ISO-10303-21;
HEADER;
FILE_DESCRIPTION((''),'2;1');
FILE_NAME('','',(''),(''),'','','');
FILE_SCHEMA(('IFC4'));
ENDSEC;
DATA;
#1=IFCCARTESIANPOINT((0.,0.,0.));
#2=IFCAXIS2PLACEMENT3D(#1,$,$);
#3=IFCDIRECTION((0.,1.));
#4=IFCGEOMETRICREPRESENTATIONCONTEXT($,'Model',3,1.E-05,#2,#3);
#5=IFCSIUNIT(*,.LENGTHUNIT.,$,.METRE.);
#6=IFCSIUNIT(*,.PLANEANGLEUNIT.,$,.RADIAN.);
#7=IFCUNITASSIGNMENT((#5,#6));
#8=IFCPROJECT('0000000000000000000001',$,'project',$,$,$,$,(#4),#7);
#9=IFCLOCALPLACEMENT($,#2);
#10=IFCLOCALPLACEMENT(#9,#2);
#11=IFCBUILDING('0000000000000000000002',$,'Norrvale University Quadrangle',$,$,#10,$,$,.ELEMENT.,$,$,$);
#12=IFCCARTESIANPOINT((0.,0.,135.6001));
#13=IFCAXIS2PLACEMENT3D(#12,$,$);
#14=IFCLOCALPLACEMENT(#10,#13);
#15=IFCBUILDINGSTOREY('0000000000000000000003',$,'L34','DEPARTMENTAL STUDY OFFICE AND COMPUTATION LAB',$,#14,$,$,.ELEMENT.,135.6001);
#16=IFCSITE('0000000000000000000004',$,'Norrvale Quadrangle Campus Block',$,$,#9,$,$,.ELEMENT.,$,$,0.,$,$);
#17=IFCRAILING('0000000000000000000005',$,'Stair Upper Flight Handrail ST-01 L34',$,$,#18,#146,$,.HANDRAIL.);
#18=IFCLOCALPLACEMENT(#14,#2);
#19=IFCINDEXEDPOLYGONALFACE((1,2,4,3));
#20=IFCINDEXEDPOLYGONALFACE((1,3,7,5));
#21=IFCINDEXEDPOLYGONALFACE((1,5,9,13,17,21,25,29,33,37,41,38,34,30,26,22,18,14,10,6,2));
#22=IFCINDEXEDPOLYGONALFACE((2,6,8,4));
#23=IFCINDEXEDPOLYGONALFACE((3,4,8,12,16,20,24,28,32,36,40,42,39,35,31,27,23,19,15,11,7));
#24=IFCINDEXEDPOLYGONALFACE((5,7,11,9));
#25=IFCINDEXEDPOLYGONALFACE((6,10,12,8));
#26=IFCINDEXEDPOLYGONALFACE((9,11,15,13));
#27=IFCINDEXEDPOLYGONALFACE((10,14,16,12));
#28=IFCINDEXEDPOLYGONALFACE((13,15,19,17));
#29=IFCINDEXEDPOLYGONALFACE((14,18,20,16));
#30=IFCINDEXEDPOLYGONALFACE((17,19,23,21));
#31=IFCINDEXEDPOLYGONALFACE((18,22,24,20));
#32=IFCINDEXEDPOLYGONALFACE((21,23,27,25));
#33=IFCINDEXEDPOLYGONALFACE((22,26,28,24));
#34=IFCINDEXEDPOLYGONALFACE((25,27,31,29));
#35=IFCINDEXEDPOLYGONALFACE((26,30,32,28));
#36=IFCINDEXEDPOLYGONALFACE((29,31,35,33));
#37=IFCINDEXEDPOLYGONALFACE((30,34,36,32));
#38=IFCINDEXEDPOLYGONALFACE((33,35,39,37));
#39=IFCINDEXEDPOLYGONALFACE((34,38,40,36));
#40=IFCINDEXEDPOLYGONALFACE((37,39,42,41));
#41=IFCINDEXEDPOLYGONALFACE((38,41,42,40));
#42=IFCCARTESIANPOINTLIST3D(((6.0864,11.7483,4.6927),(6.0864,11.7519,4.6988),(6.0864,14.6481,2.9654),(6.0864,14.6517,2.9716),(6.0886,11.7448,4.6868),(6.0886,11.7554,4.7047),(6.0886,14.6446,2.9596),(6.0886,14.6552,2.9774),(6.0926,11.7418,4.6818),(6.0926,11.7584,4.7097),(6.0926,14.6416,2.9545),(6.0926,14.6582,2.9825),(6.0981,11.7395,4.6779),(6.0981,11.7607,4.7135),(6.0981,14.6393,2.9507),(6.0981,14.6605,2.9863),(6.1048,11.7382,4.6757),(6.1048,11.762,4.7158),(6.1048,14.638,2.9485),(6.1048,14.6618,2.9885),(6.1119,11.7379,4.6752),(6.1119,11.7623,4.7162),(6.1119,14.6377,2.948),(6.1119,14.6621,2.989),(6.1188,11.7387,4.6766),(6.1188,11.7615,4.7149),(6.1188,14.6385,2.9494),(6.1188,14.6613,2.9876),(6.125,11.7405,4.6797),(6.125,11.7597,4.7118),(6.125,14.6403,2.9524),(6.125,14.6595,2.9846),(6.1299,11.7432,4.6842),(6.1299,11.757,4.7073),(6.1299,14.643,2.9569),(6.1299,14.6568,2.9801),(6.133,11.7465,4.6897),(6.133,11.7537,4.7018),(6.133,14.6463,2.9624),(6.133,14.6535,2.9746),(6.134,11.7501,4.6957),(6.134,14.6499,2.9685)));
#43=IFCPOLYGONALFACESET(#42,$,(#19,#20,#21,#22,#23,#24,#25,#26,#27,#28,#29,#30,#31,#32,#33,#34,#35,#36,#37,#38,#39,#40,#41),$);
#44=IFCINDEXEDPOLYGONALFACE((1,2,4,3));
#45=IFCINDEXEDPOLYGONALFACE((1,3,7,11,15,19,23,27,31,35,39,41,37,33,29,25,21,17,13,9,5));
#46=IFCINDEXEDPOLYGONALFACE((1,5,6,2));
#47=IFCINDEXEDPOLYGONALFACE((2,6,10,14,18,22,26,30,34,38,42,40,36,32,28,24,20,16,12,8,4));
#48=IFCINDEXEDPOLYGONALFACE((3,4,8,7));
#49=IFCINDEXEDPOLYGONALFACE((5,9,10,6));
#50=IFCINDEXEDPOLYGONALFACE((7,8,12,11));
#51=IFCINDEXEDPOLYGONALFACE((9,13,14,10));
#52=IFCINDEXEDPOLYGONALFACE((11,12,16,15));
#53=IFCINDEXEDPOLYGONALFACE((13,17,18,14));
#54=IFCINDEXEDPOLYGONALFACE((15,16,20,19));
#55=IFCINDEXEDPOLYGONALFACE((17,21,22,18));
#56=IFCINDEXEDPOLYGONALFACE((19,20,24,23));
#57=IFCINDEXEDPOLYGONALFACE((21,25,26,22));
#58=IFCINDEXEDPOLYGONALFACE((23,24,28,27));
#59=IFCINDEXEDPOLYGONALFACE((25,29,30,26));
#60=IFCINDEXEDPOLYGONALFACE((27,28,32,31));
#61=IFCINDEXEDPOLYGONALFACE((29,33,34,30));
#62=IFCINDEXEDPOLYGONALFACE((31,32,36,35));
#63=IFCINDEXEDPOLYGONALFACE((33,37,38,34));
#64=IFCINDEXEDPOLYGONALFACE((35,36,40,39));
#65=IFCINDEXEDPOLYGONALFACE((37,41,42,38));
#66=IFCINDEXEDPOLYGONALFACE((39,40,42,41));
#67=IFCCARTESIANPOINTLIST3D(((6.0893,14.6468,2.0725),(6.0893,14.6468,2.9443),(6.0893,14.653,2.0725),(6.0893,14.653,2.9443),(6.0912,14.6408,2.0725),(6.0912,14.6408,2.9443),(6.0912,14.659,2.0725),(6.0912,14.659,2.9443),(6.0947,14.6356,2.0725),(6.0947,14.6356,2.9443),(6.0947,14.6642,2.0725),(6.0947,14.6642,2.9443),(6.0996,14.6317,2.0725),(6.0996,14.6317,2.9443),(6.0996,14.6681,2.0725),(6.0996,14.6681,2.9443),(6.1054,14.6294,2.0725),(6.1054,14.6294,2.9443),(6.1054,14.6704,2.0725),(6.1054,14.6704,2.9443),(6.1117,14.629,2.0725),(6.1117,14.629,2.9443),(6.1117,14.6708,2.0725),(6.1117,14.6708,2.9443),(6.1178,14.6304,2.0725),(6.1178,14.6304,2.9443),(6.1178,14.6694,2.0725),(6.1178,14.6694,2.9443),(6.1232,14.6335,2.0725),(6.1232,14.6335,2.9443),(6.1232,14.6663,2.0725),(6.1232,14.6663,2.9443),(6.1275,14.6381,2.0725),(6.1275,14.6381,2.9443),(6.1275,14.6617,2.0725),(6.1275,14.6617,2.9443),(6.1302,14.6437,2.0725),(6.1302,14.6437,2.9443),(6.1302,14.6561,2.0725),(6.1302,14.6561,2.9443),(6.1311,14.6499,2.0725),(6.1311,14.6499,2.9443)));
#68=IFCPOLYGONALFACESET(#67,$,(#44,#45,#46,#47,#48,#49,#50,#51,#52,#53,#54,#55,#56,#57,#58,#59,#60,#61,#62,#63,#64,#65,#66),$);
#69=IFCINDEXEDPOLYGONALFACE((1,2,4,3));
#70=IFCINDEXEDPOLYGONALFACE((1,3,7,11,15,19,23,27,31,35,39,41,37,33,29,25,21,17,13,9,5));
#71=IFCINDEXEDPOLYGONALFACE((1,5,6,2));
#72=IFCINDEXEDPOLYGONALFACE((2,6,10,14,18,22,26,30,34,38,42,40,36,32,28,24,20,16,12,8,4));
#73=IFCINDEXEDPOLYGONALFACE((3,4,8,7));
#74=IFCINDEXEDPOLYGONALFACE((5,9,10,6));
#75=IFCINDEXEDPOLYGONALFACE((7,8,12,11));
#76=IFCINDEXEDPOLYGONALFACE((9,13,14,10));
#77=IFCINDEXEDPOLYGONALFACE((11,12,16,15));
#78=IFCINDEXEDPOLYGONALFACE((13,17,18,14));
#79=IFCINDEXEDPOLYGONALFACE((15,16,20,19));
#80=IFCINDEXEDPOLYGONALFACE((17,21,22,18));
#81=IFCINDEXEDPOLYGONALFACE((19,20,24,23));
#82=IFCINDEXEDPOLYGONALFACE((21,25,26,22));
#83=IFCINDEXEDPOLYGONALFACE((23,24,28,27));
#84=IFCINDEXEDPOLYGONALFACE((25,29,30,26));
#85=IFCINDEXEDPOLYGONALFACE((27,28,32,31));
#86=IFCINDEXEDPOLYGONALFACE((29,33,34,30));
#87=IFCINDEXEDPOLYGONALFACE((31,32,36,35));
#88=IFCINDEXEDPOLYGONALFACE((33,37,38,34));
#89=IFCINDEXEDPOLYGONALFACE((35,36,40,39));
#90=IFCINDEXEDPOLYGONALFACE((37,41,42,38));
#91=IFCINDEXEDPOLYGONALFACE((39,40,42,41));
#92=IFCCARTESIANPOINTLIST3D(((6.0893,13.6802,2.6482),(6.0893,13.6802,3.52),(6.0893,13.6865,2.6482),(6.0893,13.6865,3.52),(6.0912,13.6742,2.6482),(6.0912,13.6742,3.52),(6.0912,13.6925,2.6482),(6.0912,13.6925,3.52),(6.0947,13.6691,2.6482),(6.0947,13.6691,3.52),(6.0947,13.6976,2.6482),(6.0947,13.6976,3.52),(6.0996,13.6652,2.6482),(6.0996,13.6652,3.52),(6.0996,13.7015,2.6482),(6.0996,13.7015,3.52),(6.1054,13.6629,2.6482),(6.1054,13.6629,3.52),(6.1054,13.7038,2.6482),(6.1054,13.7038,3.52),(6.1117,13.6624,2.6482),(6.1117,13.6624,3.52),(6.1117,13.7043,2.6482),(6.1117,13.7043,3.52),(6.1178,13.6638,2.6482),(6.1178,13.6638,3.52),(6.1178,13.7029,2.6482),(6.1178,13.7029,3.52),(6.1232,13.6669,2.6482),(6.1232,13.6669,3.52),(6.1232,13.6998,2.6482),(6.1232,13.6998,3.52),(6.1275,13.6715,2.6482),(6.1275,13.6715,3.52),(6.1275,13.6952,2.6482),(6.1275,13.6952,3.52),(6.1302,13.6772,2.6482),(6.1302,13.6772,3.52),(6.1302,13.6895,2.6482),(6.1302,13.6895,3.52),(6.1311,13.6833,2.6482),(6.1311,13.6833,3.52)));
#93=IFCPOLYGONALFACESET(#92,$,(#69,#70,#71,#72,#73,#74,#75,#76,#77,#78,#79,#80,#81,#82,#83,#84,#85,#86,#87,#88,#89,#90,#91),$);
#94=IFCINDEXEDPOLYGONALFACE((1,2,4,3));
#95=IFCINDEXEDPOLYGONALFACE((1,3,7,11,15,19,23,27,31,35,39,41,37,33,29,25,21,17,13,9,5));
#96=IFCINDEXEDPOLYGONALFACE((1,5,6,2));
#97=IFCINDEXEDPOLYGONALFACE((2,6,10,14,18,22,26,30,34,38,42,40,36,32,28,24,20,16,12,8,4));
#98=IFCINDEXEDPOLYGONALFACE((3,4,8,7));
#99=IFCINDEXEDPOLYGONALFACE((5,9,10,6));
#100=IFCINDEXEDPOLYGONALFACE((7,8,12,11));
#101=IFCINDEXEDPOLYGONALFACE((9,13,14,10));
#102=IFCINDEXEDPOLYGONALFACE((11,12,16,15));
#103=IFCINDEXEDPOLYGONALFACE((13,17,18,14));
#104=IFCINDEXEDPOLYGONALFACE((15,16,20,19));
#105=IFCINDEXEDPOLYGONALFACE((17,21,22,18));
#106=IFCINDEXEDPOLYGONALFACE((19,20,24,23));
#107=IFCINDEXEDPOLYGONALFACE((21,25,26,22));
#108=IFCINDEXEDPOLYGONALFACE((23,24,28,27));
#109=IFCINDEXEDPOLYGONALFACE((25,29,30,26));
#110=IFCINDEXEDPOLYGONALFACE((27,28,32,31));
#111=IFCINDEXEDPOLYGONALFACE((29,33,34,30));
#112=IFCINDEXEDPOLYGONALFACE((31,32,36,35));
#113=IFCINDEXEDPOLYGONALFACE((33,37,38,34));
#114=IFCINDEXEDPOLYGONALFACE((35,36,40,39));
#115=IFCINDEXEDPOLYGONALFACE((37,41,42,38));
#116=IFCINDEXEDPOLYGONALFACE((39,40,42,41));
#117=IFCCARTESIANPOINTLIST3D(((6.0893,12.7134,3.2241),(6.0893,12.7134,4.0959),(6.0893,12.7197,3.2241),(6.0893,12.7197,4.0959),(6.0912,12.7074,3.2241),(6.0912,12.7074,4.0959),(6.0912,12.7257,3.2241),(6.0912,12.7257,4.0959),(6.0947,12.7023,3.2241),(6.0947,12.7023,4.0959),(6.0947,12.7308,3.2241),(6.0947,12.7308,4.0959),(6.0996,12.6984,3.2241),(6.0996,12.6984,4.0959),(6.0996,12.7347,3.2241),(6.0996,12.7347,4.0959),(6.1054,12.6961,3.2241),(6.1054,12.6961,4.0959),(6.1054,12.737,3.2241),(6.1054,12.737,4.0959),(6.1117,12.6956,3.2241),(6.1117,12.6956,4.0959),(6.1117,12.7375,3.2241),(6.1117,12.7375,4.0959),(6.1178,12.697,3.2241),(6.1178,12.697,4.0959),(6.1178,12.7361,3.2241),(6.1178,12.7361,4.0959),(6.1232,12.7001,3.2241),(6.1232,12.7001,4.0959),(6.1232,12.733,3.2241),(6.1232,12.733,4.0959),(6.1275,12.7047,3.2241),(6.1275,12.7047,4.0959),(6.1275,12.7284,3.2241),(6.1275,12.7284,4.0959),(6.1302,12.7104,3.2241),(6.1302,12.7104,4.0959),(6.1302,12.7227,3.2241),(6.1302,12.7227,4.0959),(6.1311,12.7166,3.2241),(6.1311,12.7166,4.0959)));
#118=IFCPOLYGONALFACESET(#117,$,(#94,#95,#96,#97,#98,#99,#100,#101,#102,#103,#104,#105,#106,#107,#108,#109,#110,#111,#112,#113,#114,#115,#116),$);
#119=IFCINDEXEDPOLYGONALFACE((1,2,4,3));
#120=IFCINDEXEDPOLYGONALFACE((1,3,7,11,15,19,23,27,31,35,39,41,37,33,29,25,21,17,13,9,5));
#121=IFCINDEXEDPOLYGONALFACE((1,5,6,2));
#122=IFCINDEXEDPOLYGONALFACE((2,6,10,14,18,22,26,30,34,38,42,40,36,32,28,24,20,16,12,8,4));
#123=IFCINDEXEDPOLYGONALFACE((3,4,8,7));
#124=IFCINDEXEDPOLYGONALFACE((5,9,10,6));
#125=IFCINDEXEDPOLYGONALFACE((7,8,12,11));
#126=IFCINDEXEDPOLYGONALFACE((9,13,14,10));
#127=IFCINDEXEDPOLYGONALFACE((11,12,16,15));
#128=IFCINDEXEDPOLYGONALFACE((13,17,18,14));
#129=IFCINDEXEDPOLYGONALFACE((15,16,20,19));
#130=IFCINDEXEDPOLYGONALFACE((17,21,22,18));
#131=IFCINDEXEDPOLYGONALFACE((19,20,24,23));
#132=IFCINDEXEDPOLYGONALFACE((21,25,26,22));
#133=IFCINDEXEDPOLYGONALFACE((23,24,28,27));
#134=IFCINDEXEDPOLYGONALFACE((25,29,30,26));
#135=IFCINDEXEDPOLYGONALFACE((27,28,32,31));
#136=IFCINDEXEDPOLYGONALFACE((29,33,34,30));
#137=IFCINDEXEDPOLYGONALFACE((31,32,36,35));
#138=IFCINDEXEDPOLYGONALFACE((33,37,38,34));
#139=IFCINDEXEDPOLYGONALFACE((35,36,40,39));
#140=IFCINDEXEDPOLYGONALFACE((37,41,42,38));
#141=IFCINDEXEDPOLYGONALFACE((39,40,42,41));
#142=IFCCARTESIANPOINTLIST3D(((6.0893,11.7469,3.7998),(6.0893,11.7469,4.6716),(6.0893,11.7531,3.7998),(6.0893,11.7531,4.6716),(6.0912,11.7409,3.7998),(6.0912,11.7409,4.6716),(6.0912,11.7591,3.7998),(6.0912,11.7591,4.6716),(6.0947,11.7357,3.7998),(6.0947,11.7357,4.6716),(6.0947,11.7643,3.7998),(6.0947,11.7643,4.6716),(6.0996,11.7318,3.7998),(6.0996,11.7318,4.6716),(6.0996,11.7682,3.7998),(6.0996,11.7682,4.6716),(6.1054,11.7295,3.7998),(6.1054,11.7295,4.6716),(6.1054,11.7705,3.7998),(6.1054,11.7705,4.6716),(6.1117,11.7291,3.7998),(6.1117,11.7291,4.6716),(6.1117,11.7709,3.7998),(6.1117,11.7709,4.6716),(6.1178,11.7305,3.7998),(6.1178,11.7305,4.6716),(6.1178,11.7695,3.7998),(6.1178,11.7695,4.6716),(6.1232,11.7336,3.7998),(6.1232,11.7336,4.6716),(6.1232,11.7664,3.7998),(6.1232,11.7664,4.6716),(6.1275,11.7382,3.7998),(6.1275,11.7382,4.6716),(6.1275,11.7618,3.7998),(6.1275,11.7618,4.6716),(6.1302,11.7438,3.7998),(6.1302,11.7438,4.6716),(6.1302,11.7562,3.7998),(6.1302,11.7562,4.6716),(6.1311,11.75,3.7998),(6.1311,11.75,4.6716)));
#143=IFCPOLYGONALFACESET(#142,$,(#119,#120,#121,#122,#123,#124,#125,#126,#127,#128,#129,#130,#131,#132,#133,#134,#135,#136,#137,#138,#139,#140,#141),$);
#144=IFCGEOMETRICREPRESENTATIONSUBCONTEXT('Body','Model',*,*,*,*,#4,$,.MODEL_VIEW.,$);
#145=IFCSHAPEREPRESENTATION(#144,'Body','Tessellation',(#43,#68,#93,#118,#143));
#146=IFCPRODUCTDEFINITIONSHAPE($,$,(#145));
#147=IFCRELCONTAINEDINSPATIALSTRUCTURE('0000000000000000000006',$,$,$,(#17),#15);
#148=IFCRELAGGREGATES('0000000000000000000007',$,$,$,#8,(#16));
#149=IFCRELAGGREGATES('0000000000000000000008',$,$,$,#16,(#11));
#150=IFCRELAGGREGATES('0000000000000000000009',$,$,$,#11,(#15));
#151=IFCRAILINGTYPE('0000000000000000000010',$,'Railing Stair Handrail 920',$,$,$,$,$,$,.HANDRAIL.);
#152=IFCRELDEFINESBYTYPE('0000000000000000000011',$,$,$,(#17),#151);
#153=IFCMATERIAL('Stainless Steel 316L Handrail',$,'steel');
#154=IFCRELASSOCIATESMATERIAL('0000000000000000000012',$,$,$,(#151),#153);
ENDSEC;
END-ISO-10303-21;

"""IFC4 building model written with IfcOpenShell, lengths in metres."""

from ifc_helpers import new_model, si_unit, direction, frame, origin, origin_2d, place, context, subcontext, project, spatial, circle, extrude, material, type_object, element, save


model = new_model("IFC4")

# Units and contexts
model_context = context("Model", 3, precision=1e-05, world=origin(), true_north=direction((0.0, 1.0)))
body_context = subcontext(model_context, "Body", "Model", "MODEL_VIEW")
ifc_project = project(units=[si_unit("LENGTHUNIT", "METRE"), si_unit("PLANEANGLEUNIT", "RADIAN")], contexts=[model_context])

# Site, building, storey
site_placement = place(None, origin())
site = spatial("IfcSite", under=ifc_project, at=site_placement, Name="Norrvale Quadrangle Campus Block", CompositionType="ELEMENT", RefElevation=0.0)
building_placement = place(site_placement, origin())
building = spatial("IfcBuilding", under=site, at=building_placement, Name="Norrvale University Quadrangle", CompositionType="ELEMENT")
storey_placement = place(building_placement, frame((0.0, 0.0, 135.6001)))
storey = spatial("IfcBuildingStorey", under=building, at=storey_placement, Name="L34", Description="DEPARTMENTAL STUDY OFFICE AND COMPUTATION LAB", CompositionType="ELEMENT", Elevation=135.6001)

# Railing
ifc_material_1 = material(Name="Stainless Steel 316L Handrail", Category="steel")
railing_type_1 = type_object("IfcRailingType", Name="Railing Stair Handrail 920", PredefinedType="HANDRAIL", material=ifc_material_1)
railing_1_placement = place(storey_placement, frame((6.1101, 14.6499, 2.0725)))
element("IfcRailing", 1, at=railing_1_placement, inside=storey, type_object=railing_type_1, Name="Stair Upper Flight Handrail ST-01 L34", PredefinedType="HANDRAIL", context=body_context, shape_type="SweptSolid", body=[
    extrude(circle(Radius=0.0239, at=origin_2d()), frame((0.0, 0.0, 0.896), z_axis=(0.0, -0.859141, 0.511738), x_axis=(1.0, 0.0, 0.0)), (0.0, 0.0, 1.0), 3.3752),
    extrude(circle(Radius=0.021, at=origin_2d()), origin(), (0.0, 0.0, 1.0), 0.8718),
    extrude(circle(Radius=0.021, at=origin_2d()), frame((0.0, -0.9666, 0.5757)), (0.0, 0.0, 1.0), 0.8718),
    extrude(circle(Radius=0.021, at=origin_2d()), frame((0.0, -1.9333, 1.1516)), (0.0, 0.0, 1.0), 0.8718),
    extrude(circle(Radius=0.021, at=origin_2d()), frame((0.0, -2.8999, 1.7273)), (0.0, 0.0, 1.0), 0.8718),
])

save(model, "model.ifc")
